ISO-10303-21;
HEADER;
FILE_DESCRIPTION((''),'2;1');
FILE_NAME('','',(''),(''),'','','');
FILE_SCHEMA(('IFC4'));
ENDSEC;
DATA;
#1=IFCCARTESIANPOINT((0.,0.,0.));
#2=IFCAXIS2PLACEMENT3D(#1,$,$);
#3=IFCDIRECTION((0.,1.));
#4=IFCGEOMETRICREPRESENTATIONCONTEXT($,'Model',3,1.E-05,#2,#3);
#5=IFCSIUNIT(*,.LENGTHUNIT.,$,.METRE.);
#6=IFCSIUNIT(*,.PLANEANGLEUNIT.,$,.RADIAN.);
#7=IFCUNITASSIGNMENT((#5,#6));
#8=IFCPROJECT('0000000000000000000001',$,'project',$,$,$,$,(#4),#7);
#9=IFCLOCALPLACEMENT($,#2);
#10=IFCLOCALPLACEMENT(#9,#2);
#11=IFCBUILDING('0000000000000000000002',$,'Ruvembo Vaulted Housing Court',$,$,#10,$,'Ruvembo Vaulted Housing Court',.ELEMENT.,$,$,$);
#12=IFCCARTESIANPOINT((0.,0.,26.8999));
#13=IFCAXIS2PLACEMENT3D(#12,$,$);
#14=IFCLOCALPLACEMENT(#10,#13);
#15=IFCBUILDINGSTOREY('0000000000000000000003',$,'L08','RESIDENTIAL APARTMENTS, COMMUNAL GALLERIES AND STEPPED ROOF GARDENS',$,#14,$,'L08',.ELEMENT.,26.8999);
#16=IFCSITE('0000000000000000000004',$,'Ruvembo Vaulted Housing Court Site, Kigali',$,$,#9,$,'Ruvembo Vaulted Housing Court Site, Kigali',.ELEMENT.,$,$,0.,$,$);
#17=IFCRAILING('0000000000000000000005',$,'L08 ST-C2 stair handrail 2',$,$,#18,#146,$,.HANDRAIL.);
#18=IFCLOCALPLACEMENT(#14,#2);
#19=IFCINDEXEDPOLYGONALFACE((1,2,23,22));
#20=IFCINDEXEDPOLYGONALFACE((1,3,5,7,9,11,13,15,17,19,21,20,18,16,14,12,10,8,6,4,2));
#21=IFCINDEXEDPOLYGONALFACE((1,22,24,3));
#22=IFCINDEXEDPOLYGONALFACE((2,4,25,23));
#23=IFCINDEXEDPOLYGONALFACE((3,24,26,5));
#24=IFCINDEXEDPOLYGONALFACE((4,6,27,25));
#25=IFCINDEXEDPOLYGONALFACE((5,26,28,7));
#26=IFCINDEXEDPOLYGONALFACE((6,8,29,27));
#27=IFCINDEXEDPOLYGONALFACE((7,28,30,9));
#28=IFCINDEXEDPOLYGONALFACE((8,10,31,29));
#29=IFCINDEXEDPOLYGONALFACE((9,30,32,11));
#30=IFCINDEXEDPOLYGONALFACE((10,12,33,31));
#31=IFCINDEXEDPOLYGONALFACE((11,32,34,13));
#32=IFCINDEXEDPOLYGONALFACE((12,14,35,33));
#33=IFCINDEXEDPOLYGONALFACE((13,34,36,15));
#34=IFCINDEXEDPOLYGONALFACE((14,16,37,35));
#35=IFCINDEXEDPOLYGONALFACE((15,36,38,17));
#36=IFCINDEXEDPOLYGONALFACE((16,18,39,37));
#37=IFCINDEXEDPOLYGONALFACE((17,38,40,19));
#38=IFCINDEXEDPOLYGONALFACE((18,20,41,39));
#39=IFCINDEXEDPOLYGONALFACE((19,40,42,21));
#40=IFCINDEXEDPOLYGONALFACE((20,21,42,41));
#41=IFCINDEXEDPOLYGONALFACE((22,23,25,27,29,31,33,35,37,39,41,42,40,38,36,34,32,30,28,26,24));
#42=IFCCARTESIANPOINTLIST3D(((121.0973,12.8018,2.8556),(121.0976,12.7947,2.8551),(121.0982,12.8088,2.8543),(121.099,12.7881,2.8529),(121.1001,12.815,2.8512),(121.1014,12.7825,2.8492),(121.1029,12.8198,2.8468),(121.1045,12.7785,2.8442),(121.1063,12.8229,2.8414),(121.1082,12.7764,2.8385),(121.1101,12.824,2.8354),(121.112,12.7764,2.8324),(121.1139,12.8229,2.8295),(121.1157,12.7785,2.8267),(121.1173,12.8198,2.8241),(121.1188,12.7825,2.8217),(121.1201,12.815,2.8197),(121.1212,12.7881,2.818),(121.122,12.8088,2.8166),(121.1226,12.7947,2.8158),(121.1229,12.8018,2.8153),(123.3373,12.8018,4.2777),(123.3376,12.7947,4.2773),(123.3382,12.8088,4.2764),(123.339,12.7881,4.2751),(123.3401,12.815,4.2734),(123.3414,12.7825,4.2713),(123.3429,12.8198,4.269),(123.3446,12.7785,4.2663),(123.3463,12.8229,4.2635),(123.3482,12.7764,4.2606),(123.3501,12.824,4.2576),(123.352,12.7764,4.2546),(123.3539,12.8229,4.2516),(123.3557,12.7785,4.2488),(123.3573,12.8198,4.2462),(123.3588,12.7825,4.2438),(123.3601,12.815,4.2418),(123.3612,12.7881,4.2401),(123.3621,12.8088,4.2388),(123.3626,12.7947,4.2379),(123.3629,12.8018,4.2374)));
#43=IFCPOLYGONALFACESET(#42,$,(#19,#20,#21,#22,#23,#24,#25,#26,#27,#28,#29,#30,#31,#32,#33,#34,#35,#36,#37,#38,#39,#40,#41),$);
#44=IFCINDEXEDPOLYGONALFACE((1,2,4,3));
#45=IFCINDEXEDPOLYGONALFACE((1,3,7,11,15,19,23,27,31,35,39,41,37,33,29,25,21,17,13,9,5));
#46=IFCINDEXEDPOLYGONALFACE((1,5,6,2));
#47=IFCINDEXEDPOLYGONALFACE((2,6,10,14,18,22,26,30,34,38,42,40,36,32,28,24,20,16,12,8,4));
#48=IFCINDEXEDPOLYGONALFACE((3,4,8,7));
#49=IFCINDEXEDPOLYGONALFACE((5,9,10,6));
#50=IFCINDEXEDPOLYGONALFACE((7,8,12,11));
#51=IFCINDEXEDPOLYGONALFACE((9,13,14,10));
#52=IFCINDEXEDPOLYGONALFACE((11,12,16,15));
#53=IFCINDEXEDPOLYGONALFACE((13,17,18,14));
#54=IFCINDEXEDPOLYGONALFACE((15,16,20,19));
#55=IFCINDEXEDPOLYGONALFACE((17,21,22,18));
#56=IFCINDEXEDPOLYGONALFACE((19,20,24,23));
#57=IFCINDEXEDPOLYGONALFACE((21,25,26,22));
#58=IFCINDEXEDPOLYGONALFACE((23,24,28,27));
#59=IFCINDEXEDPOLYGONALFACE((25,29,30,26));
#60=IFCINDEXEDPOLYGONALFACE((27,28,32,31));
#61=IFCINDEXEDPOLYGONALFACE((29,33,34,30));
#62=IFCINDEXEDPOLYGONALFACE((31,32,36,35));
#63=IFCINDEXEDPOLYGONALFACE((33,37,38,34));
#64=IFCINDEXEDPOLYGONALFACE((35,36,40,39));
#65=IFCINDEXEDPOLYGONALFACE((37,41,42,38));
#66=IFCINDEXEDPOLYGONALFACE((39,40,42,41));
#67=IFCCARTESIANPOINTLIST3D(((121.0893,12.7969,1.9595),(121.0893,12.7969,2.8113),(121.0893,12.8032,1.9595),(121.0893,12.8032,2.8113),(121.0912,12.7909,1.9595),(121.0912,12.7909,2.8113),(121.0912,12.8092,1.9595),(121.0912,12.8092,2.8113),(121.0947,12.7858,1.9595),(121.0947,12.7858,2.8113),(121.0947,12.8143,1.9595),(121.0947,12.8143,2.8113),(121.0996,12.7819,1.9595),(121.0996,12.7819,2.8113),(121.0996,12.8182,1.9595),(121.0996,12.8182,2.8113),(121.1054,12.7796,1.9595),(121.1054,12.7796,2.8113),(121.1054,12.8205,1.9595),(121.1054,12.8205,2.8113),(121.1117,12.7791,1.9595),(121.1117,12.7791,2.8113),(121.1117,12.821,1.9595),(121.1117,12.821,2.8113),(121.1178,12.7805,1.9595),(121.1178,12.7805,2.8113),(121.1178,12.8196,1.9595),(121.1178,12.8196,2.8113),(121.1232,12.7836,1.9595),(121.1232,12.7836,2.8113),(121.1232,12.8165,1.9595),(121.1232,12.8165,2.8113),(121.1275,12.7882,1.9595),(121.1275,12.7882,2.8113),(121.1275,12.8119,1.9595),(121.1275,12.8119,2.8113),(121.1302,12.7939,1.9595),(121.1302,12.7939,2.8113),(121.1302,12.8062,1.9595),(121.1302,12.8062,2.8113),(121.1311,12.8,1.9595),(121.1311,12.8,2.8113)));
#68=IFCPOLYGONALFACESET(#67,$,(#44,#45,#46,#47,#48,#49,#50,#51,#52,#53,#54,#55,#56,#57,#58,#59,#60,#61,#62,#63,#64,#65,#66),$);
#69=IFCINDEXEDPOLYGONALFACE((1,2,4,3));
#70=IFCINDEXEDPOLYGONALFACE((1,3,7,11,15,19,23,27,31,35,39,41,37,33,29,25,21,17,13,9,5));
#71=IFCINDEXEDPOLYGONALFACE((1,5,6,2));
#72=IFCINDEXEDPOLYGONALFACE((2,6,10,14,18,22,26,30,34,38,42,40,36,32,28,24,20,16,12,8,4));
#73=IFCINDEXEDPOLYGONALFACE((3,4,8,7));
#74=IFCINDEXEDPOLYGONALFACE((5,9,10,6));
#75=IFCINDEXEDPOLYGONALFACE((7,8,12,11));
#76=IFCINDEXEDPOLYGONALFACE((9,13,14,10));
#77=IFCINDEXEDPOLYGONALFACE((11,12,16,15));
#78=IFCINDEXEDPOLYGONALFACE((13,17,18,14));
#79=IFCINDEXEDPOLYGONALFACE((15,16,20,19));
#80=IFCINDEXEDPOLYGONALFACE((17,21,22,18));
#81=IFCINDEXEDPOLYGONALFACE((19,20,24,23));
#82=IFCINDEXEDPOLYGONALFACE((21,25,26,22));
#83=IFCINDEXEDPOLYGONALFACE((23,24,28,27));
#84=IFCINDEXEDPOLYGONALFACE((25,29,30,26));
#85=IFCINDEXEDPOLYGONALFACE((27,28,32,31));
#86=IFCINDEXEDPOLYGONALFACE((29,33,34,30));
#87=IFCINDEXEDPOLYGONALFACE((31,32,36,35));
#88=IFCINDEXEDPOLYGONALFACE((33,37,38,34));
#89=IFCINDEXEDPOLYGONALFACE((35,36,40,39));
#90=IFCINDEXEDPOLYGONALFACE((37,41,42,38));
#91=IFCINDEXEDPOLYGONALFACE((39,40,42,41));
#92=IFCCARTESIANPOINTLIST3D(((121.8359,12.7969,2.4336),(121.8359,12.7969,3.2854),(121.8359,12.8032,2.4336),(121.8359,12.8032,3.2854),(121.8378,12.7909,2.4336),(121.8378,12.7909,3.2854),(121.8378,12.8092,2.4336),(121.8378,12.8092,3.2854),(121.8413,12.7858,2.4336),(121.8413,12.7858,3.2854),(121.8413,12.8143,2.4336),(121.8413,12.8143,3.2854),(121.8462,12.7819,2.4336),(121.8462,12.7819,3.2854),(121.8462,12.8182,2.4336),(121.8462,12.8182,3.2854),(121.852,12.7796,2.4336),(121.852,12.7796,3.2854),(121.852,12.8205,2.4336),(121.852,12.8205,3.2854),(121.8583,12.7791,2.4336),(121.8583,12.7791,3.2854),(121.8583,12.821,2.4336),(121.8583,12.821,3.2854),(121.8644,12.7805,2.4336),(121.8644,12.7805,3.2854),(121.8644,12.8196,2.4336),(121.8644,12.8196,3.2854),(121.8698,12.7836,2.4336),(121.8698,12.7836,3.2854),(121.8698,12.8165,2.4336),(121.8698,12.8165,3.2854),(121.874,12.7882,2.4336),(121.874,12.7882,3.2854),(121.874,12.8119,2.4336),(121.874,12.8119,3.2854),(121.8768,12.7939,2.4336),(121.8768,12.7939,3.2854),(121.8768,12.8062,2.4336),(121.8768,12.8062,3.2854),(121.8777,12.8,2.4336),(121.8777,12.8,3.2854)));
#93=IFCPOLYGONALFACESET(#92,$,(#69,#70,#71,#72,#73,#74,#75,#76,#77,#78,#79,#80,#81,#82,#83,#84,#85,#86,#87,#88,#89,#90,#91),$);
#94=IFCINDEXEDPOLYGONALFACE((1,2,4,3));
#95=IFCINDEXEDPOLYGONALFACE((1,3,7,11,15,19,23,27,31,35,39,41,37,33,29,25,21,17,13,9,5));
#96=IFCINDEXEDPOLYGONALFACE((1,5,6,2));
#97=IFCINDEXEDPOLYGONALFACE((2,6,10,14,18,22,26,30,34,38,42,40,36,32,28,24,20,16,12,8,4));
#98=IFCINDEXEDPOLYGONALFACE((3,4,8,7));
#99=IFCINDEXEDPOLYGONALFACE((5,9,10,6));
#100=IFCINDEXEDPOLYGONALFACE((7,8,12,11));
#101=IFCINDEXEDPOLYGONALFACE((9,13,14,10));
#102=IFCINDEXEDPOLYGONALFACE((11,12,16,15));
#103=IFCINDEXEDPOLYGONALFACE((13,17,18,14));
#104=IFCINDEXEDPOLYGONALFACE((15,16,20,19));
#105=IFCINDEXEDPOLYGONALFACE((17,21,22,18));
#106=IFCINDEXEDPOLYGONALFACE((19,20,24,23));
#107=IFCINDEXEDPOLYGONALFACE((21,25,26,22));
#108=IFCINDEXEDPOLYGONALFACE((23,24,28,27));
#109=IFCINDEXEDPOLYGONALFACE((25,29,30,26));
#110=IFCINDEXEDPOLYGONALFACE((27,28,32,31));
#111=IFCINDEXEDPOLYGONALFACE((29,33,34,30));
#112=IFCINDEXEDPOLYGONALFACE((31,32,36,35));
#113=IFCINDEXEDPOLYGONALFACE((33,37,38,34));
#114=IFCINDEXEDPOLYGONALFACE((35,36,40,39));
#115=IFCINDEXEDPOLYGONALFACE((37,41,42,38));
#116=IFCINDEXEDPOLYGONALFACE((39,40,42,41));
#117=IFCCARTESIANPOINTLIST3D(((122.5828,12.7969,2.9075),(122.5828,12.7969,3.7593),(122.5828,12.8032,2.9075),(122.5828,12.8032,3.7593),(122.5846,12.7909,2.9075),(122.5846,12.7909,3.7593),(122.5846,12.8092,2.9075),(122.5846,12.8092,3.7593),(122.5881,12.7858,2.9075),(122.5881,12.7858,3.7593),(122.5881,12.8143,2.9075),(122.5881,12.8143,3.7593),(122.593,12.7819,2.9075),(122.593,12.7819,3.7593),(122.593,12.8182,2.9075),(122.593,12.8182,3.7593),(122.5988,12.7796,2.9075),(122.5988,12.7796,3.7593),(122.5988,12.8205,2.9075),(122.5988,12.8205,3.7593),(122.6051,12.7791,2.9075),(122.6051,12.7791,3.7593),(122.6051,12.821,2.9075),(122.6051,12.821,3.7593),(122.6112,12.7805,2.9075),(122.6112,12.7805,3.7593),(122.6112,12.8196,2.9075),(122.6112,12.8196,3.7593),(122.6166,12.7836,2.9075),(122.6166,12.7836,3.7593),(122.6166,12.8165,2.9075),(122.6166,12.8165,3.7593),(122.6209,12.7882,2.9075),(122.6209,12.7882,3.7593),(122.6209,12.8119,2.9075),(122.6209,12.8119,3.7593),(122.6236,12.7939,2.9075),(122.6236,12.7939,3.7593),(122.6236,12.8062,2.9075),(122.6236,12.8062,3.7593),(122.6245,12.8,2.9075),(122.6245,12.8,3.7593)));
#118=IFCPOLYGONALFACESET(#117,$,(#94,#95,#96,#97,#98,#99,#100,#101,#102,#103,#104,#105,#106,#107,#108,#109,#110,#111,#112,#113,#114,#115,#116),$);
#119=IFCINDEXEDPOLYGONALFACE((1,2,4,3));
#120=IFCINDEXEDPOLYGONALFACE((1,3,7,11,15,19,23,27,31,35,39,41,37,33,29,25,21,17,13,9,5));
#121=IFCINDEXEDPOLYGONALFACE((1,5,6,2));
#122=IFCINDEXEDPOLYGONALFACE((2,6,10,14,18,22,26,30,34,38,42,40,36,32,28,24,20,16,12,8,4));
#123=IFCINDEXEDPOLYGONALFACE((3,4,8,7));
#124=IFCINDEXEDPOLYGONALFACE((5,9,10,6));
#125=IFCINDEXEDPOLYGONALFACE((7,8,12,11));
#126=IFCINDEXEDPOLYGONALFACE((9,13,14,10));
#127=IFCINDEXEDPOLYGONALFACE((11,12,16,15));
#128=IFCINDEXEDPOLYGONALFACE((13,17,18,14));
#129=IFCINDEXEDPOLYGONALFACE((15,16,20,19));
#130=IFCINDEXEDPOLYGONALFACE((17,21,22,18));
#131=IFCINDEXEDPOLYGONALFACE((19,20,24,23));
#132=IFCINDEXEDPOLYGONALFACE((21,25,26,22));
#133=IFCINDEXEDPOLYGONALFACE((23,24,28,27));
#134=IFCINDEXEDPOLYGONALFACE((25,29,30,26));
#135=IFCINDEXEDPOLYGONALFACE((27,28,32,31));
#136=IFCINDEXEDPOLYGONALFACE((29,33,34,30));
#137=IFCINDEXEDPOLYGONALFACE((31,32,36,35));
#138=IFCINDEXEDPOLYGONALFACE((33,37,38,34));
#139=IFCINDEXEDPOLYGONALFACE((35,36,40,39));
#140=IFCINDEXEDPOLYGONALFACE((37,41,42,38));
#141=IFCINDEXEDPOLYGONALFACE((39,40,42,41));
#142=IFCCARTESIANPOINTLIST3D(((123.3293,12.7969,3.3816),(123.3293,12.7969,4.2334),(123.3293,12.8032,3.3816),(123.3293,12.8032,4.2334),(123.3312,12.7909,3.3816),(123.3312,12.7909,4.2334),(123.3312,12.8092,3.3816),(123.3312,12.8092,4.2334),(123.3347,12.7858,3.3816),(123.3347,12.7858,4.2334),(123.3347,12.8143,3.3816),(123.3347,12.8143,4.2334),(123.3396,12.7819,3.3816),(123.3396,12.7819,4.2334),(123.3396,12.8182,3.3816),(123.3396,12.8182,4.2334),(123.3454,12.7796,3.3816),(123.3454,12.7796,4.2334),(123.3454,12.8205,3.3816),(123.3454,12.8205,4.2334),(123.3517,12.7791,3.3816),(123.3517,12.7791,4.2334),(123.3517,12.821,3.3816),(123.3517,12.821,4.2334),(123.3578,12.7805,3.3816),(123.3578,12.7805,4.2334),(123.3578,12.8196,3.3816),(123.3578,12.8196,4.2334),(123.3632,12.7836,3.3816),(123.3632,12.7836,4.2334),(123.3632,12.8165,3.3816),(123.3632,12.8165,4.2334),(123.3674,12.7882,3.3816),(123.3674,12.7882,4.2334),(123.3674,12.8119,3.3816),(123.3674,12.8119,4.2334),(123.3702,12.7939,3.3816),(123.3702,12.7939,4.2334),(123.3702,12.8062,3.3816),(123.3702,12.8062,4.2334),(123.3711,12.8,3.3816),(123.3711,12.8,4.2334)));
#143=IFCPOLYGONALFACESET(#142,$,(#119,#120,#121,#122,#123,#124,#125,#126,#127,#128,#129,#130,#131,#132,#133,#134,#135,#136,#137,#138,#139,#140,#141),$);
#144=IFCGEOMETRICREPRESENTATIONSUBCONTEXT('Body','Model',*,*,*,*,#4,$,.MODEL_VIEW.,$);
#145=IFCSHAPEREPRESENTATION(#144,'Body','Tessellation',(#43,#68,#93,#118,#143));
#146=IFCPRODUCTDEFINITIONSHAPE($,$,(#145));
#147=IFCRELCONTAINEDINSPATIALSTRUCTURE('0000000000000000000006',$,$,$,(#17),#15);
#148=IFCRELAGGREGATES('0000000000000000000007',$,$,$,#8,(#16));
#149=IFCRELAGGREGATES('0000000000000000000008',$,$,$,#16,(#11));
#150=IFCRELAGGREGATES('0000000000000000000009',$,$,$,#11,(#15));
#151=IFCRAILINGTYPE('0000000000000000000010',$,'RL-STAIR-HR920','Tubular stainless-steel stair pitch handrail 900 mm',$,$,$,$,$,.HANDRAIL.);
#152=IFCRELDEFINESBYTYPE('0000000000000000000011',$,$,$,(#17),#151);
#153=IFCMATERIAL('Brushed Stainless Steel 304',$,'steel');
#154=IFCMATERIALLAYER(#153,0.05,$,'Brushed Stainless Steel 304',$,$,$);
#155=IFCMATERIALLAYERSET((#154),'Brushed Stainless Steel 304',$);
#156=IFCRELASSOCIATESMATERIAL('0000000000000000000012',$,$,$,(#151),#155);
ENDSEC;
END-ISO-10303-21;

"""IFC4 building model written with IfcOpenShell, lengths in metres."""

from ifc_helpers import new_model, si_unit, direction, frame, origin, origin_2d, place, context, subcontext, project, spatial, circle, extrude, material, layer, layer_set, type_object, element, save


model = new_model("IFC4")

# Units and contexts
model_context = context("Model", 3, precision=1e-05, world=origin(), true_north=direction((0.0, 1.0)))
body_context = subcontext(model_context, "Body", "Model", "MODEL_VIEW")
ifc_project = project(units=[si_unit("LENGTHUNIT", "METRE"), si_unit("PLANEANGLEUNIT", "RADIAN")], contexts=[model_context])

# Site, building, storey
site_placement = place(None, origin())
site = spatial("IfcSite", under=ifc_project, at=site_placement, Name="Ruvembo Vaulted Housing Court Site, Kigali", LongName="Ruvembo Vaulted Housing Court Site, Kigali", CompositionType="ELEMENT", RefElevation=0.0)
building_placement = place(site_placement, origin())
building = spatial("IfcBuilding", under=site, at=building_placement, Name="Ruvembo Vaulted Housing Court", LongName="Ruvembo Vaulted Housing Court", CompositionType="ELEMENT")
storey_placement = place(building_placement, frame((0.0, 0.0, 26.8999)))
storey = spatial("IfcBuildingStorey", under=building, at=storey_placement, Name="L08", Description="RESIDENTIAL APARTMENTS, COMMUNAL GALLERIES AND STEPPED ROOF GARDENS", LongName="L08", CompositionType="ELEMENT", Elevation=26.8999)

# Railing
ifc_material_1 = material(Name="Brushed Stainless Steel 304", Category="steel")
ifc_layer_1 = layer(ifc_material_1, 0.05, Name="Brushed Stainless Steel 304")
ifc_layer_set_1 = layer_set([ifc_layer_1], Name="Brushed Stainless Steel 304")
railing_type_1 = type_object("IfcRailingType", Name="RL-STAIR-HR920", Description="Tubular stainless-steel stair pitch handrail 900 mm", PredefinedType="HANDRAIL", material=ifc_layer_set_1)
railing_1_placement = place(storey_placement, frame((121.1101, 12.8, 1.9595)))
element("IfcRailing", 1, at=railing_1_placement, inside=storey, type_object=railing_type_1, Name="L08 ST-C2 stair handrail 2", PredefinedType="HANDRAIL", context=body_context, shape_type="SweptSolid", body=[
    extrude(circle(Radius=0.0239, at=origin_2d()), frame((0.0, 0.0, 0.876), z_axis=(0.844229, 0.0, 0.535982), x_axis=(0.0, 1.0, 0.0)), (0.0, 0.0, 1.0), 2.6533),
    extrude(circle(Radius=0.021, at=origin_2d()), origin(), (0.0, 0.0, 1.0), 0.8518),
    extrude(circle(Radius=0.021, at=origin_2d()), frame((0.7466, 0.0, 0.4741)), (0.0, 0.0, 1.0), 0.8518),
    extrude(circle(Radius=0.021, at=origin_2d()), frame((1.4934, 0.0, 0.948)), (0.0, 0.0, 1.0), 0.8518),
    extrude(circle(Radius=0.021, at=origin_2d()), frame((2.24, 0.0, 1.4221)), (0.0, 0.0, 1.0), 0.8518),
])

save(model, "model.ifc")
